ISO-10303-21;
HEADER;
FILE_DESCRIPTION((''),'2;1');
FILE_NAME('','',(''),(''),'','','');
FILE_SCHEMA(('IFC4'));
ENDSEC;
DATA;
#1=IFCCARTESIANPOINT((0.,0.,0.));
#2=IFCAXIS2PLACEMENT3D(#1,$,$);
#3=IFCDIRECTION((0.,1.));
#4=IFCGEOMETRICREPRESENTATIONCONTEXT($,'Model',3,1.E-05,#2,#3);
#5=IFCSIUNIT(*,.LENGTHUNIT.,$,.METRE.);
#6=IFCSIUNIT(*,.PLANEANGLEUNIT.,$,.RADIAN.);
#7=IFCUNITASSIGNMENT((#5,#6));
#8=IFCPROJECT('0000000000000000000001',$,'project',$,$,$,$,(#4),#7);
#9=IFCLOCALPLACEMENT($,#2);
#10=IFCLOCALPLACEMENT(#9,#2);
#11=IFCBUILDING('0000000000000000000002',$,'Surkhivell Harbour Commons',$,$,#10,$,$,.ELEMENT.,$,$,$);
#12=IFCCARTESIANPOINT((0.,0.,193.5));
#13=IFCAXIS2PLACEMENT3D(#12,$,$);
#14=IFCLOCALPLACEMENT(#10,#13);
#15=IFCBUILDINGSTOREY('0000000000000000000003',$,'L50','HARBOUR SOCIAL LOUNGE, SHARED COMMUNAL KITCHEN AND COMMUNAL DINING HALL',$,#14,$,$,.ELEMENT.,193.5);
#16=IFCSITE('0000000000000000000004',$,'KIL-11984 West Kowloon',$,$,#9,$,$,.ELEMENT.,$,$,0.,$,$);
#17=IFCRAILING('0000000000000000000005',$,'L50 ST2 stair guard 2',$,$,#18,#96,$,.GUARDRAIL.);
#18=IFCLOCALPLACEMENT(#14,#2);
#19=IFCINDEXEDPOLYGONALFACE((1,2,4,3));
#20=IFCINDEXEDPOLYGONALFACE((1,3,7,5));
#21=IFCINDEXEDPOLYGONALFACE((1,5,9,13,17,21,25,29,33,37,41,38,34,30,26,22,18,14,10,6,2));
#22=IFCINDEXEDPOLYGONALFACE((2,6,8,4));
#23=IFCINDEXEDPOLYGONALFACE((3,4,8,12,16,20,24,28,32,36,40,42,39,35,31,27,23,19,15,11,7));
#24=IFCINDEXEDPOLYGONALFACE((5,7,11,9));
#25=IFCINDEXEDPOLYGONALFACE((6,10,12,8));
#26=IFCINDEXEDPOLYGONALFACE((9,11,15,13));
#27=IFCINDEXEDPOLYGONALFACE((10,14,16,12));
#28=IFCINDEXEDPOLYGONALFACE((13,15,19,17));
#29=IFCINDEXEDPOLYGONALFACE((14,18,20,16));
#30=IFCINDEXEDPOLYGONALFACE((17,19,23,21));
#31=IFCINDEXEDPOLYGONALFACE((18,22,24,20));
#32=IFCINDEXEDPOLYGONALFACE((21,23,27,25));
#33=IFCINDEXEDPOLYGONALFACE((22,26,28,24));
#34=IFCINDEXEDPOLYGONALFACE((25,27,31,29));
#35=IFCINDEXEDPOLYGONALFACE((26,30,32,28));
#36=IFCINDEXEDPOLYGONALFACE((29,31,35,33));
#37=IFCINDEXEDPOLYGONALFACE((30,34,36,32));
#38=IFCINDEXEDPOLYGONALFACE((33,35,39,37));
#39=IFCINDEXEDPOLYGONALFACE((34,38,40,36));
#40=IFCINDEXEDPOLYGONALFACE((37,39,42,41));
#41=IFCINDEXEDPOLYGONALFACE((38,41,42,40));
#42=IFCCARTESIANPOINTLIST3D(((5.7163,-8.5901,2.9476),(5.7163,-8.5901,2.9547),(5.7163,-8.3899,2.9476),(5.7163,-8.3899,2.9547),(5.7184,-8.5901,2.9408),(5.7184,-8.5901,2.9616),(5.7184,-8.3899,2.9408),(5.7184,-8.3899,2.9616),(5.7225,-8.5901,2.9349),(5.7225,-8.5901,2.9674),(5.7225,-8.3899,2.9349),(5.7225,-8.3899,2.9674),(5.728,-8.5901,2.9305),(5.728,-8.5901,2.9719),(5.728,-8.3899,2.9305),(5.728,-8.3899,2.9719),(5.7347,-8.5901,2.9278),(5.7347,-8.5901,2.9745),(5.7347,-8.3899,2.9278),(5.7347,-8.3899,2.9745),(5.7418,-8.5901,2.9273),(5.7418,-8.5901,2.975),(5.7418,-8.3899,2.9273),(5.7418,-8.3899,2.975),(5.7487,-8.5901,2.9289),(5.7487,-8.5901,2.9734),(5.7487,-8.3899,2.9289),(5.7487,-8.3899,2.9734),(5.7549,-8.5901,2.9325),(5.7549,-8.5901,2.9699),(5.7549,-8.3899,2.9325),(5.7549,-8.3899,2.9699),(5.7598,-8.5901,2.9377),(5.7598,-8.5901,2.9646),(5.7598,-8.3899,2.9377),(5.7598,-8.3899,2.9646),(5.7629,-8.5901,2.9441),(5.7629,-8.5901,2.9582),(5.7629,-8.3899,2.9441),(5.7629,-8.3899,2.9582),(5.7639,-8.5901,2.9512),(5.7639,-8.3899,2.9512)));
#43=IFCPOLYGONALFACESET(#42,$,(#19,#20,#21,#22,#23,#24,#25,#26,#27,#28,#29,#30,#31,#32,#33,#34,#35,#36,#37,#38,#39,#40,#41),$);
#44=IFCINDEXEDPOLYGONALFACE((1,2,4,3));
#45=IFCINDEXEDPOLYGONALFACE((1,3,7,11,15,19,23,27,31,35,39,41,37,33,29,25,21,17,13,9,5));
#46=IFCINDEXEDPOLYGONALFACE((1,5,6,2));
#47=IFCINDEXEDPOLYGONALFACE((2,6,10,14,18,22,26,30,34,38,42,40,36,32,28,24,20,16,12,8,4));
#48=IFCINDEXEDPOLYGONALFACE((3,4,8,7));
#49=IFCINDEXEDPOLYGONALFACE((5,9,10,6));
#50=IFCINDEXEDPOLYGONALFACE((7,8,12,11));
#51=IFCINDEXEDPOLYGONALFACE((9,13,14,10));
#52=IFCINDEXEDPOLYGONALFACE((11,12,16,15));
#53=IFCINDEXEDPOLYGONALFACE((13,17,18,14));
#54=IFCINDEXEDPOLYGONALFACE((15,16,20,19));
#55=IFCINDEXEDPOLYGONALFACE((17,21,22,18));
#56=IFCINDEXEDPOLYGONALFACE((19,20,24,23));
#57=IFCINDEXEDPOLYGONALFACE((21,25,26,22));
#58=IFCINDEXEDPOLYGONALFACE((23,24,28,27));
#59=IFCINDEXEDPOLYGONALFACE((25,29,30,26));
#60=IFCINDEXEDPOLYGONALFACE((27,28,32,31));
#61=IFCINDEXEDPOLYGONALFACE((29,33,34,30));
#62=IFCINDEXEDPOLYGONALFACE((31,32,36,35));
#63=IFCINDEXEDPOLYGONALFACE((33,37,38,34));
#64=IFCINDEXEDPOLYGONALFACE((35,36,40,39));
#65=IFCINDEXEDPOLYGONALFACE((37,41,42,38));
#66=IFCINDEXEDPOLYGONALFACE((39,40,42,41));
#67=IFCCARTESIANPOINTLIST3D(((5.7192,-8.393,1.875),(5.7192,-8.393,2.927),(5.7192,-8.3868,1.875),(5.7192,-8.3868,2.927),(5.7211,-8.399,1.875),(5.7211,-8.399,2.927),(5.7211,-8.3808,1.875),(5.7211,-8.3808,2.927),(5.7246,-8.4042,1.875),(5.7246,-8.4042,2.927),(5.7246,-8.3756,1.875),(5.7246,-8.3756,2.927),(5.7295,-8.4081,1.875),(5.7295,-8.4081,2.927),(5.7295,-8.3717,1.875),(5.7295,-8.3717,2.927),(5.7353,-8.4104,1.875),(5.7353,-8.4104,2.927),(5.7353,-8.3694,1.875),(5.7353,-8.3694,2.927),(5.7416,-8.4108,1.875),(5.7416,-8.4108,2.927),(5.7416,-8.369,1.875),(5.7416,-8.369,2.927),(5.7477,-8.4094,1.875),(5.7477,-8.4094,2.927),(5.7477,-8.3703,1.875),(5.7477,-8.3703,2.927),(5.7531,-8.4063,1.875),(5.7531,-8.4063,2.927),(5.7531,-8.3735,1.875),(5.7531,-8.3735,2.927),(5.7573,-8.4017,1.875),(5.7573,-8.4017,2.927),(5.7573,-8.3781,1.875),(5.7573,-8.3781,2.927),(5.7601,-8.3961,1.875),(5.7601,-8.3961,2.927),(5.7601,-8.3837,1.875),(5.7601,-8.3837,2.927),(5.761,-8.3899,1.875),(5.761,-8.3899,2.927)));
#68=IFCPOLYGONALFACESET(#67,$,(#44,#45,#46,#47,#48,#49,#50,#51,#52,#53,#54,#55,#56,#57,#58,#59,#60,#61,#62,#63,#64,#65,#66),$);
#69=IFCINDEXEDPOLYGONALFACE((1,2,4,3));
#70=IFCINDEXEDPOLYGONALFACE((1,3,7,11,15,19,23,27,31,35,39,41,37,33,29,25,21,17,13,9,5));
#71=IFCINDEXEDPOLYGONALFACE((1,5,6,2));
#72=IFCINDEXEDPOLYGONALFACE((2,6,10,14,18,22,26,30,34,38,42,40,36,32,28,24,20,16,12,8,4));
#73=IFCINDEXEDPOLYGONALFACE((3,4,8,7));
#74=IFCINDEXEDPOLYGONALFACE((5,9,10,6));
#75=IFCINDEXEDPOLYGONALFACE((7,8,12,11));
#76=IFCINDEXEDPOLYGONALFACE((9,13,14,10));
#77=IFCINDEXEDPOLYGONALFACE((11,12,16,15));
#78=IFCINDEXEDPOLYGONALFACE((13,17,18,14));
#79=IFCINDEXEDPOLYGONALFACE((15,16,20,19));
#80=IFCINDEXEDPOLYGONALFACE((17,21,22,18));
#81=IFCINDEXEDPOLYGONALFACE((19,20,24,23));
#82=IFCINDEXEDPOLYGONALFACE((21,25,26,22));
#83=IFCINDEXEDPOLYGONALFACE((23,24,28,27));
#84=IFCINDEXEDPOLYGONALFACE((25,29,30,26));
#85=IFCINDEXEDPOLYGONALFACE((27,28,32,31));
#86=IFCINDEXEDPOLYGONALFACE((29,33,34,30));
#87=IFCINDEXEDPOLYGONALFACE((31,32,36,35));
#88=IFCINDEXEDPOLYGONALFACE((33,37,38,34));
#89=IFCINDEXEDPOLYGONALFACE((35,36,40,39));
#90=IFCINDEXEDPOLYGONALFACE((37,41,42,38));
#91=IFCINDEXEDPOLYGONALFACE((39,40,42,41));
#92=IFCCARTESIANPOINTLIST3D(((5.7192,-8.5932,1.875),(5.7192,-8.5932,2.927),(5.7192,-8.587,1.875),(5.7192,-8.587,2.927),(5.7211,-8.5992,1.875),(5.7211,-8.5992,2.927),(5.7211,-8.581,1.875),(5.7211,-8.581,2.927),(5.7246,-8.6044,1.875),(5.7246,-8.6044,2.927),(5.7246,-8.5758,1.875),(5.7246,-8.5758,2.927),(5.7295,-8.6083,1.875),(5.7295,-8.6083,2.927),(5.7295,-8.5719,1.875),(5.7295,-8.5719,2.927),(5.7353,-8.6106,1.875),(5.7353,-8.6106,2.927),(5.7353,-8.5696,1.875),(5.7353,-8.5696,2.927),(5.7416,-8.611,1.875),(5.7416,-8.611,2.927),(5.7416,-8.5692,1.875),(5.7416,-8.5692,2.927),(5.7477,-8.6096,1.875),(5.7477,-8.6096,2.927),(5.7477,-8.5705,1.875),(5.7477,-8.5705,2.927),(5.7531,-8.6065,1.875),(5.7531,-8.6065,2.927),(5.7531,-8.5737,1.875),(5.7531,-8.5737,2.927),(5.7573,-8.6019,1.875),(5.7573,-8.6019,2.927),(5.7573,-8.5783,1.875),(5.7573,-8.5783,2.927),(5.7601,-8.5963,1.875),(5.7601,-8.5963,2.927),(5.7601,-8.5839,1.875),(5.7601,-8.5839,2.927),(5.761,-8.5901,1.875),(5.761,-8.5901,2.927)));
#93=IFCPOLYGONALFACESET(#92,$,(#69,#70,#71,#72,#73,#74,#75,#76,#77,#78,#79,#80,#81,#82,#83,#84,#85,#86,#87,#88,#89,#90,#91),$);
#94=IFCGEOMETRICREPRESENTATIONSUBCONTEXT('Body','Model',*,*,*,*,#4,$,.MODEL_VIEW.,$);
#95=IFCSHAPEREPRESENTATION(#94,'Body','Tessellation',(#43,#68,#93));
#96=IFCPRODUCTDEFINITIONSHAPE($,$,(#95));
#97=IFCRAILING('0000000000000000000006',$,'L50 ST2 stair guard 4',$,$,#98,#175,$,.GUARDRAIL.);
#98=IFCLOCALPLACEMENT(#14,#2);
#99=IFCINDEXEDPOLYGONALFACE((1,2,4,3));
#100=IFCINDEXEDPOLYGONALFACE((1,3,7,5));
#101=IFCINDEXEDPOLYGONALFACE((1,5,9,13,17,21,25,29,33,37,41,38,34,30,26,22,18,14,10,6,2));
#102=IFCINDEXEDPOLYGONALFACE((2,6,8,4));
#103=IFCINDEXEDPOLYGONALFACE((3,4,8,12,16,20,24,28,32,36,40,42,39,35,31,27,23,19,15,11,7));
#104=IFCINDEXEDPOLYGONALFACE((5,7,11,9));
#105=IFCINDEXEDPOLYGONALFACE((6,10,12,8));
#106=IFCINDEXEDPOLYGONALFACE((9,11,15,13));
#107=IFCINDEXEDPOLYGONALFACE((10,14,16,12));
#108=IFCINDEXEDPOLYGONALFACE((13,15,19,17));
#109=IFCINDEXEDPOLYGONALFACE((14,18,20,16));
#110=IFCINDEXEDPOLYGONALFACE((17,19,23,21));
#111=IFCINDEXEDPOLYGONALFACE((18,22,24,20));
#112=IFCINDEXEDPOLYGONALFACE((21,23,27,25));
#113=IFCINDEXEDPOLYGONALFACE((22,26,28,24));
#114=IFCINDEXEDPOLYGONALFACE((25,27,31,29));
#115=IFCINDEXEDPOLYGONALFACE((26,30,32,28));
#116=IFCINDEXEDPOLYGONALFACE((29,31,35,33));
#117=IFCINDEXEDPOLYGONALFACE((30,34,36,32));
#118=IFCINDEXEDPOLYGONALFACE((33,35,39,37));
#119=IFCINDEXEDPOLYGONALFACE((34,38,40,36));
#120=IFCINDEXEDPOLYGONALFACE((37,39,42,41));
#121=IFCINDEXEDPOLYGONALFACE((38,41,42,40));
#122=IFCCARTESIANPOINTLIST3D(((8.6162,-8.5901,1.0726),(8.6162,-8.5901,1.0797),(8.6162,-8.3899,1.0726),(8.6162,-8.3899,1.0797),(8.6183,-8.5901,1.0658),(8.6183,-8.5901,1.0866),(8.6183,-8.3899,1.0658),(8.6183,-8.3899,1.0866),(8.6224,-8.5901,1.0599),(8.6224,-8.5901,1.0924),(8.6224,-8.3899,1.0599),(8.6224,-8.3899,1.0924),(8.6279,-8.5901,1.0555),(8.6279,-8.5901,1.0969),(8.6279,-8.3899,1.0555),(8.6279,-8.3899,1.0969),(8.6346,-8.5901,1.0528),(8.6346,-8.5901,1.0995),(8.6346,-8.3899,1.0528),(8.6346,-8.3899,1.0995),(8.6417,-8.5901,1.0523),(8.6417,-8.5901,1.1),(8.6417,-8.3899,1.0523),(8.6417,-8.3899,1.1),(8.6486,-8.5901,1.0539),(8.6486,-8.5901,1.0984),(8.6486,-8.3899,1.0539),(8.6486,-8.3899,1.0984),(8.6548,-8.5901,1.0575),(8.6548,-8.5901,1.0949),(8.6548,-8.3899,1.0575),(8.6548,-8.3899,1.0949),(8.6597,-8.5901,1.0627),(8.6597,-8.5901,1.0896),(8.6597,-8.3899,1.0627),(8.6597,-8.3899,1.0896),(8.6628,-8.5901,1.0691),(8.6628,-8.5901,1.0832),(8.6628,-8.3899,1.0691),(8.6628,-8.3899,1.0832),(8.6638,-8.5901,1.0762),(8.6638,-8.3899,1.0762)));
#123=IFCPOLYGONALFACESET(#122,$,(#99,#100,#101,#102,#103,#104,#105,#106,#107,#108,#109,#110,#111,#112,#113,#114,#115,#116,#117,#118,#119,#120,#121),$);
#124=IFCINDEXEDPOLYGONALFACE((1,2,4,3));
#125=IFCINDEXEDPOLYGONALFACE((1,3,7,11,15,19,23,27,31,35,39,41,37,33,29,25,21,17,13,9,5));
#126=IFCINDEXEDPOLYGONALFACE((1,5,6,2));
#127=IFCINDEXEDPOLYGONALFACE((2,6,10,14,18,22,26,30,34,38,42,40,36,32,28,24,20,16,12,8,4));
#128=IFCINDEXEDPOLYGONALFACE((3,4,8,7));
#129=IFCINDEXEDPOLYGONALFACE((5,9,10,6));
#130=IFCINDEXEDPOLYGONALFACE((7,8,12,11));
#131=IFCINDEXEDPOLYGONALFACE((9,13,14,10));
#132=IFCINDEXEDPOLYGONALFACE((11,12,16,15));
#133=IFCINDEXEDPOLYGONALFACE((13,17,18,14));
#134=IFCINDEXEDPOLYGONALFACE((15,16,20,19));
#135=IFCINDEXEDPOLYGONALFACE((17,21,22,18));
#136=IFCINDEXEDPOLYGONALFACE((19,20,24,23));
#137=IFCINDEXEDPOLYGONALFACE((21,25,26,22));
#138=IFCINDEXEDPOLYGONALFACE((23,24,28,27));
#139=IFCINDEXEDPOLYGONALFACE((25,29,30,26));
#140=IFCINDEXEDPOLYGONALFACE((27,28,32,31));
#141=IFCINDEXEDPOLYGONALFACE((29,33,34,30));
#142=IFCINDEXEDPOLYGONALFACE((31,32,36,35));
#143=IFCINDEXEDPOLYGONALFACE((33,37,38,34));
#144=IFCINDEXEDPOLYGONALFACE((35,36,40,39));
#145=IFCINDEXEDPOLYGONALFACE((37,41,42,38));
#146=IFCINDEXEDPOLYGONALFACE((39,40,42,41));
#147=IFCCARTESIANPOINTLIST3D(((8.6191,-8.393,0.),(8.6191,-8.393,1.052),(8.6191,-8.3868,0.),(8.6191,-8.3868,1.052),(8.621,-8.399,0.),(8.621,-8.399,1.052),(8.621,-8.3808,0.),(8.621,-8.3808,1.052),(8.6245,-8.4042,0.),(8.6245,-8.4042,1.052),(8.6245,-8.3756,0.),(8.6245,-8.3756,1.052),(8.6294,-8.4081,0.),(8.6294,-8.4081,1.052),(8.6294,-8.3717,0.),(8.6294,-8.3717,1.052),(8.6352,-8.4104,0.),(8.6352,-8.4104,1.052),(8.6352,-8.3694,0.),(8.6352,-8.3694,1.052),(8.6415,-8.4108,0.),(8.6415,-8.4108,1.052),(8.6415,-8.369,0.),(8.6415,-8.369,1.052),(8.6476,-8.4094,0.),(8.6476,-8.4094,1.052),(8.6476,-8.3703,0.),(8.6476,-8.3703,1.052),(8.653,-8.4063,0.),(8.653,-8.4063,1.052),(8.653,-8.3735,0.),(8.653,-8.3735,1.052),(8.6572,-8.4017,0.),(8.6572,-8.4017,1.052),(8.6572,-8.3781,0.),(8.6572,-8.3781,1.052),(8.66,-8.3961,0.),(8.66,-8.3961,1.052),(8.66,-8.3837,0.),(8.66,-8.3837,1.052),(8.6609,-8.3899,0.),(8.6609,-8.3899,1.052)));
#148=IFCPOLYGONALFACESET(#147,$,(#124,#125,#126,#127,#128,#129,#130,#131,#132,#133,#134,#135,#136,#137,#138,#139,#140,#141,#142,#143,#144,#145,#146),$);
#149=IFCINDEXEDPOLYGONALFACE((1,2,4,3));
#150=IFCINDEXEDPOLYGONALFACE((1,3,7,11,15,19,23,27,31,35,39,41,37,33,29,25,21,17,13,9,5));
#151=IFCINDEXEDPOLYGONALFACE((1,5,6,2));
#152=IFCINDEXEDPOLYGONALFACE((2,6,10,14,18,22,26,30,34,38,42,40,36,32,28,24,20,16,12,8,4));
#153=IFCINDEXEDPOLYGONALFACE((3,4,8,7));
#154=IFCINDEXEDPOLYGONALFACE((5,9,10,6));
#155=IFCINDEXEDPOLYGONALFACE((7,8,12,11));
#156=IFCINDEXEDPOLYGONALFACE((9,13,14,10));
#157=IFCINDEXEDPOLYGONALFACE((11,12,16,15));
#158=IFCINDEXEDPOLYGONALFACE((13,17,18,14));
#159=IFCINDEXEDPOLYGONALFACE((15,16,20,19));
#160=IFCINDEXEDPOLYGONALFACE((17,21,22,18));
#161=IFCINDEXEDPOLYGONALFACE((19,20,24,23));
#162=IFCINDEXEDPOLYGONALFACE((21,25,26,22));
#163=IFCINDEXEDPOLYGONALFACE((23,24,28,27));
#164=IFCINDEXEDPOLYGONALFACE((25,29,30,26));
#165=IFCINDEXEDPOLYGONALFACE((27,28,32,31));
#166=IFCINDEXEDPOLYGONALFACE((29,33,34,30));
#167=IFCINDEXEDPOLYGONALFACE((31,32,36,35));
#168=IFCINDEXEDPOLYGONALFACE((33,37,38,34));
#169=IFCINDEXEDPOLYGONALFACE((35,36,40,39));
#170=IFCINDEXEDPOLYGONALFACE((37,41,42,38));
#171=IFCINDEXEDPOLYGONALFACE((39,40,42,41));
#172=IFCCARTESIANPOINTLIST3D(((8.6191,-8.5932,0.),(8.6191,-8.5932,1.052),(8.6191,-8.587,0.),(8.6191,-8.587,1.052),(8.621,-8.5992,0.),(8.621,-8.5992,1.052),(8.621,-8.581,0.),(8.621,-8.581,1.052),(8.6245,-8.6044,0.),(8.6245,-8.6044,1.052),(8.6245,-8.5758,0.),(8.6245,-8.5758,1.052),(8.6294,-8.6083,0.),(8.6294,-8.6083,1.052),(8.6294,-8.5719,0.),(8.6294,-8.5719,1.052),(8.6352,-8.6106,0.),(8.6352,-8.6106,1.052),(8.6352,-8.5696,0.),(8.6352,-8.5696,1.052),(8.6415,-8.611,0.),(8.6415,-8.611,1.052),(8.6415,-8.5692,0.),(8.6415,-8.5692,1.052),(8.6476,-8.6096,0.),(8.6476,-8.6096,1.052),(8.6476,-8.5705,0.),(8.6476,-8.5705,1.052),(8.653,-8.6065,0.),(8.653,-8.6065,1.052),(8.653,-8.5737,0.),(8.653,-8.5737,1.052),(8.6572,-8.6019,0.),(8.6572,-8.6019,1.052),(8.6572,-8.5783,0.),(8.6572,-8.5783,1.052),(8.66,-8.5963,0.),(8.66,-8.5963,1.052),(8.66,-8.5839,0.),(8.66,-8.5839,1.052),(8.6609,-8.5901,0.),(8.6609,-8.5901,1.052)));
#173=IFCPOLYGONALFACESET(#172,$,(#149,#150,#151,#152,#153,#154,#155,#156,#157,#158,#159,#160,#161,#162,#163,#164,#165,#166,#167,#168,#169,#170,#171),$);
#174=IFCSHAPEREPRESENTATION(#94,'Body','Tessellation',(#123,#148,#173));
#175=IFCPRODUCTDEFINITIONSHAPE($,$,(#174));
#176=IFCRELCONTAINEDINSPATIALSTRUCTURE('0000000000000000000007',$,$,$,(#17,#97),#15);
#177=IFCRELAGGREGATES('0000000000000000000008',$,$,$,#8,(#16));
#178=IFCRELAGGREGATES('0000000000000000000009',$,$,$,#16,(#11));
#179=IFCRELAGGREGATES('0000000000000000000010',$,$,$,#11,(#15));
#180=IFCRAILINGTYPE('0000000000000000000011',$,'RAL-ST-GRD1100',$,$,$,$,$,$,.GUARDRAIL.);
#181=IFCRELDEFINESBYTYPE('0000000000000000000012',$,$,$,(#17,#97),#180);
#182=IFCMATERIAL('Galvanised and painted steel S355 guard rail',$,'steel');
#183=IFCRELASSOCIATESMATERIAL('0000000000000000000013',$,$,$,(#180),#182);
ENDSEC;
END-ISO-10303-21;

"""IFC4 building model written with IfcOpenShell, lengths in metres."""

from ifc_helpers import new_model, si_unit, direction, frame, origin, origin_2d, place, context, subcontext, project, spatial, circle, extrude, material, type_object, element, save


model = new_model("IFC4")

# Units and contexts
model_context = context("Model", 3, precision=1e-05, world=origin(), true_north=direction((0.0, 1.0)))
body_context = subcontext(model_context, "Body", "Model", "MODEL_VIEW")
ifc_project = project(units=[si_unit("LENGTHUNIT", "METRE"), si_unit("PLANEANGLEUNIT", "RADIAN")], contexts=[model_context])

# Site, building, storey
site_placement = place(None, origin())
site = spatial("IfcSite", under=ifc_project, at=site_placement, Name="KIL-11984 West Kowloon", CompositionType="ELEMENT", RefElevation=0.0)
building_placement = place(site_placement, origin())
building = spatial("IfcBuilding", under=site, at=building_placement, Name="Surkhivell Harbour Commons", CompositionType="ELEMENT")
storey_placement = place(building_placement, frame((0.0, 0.0, 193.5)))
storey = spatial("IfcBuildingStorey", under=building, at=storey_placement, Name="L50", Description="HARBOUR SOCIAL LOUNGE, SHARED COMMUNAL KITCHEN AND COMMUNAL DINING HALL", CompositionType="ELEMENT", Elevation=193.5)

# Railings
ifc_material_1 = material(Name="Galvanised and painted steel S355 guard rail", Category="steel")
railing_type_1 = type_object("IfcRailingType", Name="RAL-ST-GRD1100", PredefinedType="GUARDRAIL", material=ifc_material_1)
for number, where, name in (
    (1, (5.74, -8.3899, 1.875), "L50 ST2 stair guard 2"),
    (2, (8.6399, -8.3899, 0.0), "L50 ST2 stair guard 4"),
):
    element("IfcRailing", number, at=place(storey_placement, frame(where)), inside=storey, type_object=railing_type_1, Name=name, PredefinedType="GUARDRAIL", context=body_context, shape_type="SweptSolid", body=[
        extrude(circle(Radius=0.0239, at=origin_2d()), frame((0.0, 0.0, 1.0762), z_axis=(0.0, -1.0, 0.0), x_axis=(1.0, 0.0, 0.0)), (0.0, 0.0, 1.0), 0.2002),
        extrude(circle(Radius=0.021, at=origin_2d()), origin(), (0.0, 0.0, 1.0), 1.052),
        extrude(circle(Radius=0.021, at=origin_2d()), frame((0.0, -0.2002, 0.0)), (0.0, 0.0, 1.0), 1.052),
    ])

save(model, "model.ifc")
